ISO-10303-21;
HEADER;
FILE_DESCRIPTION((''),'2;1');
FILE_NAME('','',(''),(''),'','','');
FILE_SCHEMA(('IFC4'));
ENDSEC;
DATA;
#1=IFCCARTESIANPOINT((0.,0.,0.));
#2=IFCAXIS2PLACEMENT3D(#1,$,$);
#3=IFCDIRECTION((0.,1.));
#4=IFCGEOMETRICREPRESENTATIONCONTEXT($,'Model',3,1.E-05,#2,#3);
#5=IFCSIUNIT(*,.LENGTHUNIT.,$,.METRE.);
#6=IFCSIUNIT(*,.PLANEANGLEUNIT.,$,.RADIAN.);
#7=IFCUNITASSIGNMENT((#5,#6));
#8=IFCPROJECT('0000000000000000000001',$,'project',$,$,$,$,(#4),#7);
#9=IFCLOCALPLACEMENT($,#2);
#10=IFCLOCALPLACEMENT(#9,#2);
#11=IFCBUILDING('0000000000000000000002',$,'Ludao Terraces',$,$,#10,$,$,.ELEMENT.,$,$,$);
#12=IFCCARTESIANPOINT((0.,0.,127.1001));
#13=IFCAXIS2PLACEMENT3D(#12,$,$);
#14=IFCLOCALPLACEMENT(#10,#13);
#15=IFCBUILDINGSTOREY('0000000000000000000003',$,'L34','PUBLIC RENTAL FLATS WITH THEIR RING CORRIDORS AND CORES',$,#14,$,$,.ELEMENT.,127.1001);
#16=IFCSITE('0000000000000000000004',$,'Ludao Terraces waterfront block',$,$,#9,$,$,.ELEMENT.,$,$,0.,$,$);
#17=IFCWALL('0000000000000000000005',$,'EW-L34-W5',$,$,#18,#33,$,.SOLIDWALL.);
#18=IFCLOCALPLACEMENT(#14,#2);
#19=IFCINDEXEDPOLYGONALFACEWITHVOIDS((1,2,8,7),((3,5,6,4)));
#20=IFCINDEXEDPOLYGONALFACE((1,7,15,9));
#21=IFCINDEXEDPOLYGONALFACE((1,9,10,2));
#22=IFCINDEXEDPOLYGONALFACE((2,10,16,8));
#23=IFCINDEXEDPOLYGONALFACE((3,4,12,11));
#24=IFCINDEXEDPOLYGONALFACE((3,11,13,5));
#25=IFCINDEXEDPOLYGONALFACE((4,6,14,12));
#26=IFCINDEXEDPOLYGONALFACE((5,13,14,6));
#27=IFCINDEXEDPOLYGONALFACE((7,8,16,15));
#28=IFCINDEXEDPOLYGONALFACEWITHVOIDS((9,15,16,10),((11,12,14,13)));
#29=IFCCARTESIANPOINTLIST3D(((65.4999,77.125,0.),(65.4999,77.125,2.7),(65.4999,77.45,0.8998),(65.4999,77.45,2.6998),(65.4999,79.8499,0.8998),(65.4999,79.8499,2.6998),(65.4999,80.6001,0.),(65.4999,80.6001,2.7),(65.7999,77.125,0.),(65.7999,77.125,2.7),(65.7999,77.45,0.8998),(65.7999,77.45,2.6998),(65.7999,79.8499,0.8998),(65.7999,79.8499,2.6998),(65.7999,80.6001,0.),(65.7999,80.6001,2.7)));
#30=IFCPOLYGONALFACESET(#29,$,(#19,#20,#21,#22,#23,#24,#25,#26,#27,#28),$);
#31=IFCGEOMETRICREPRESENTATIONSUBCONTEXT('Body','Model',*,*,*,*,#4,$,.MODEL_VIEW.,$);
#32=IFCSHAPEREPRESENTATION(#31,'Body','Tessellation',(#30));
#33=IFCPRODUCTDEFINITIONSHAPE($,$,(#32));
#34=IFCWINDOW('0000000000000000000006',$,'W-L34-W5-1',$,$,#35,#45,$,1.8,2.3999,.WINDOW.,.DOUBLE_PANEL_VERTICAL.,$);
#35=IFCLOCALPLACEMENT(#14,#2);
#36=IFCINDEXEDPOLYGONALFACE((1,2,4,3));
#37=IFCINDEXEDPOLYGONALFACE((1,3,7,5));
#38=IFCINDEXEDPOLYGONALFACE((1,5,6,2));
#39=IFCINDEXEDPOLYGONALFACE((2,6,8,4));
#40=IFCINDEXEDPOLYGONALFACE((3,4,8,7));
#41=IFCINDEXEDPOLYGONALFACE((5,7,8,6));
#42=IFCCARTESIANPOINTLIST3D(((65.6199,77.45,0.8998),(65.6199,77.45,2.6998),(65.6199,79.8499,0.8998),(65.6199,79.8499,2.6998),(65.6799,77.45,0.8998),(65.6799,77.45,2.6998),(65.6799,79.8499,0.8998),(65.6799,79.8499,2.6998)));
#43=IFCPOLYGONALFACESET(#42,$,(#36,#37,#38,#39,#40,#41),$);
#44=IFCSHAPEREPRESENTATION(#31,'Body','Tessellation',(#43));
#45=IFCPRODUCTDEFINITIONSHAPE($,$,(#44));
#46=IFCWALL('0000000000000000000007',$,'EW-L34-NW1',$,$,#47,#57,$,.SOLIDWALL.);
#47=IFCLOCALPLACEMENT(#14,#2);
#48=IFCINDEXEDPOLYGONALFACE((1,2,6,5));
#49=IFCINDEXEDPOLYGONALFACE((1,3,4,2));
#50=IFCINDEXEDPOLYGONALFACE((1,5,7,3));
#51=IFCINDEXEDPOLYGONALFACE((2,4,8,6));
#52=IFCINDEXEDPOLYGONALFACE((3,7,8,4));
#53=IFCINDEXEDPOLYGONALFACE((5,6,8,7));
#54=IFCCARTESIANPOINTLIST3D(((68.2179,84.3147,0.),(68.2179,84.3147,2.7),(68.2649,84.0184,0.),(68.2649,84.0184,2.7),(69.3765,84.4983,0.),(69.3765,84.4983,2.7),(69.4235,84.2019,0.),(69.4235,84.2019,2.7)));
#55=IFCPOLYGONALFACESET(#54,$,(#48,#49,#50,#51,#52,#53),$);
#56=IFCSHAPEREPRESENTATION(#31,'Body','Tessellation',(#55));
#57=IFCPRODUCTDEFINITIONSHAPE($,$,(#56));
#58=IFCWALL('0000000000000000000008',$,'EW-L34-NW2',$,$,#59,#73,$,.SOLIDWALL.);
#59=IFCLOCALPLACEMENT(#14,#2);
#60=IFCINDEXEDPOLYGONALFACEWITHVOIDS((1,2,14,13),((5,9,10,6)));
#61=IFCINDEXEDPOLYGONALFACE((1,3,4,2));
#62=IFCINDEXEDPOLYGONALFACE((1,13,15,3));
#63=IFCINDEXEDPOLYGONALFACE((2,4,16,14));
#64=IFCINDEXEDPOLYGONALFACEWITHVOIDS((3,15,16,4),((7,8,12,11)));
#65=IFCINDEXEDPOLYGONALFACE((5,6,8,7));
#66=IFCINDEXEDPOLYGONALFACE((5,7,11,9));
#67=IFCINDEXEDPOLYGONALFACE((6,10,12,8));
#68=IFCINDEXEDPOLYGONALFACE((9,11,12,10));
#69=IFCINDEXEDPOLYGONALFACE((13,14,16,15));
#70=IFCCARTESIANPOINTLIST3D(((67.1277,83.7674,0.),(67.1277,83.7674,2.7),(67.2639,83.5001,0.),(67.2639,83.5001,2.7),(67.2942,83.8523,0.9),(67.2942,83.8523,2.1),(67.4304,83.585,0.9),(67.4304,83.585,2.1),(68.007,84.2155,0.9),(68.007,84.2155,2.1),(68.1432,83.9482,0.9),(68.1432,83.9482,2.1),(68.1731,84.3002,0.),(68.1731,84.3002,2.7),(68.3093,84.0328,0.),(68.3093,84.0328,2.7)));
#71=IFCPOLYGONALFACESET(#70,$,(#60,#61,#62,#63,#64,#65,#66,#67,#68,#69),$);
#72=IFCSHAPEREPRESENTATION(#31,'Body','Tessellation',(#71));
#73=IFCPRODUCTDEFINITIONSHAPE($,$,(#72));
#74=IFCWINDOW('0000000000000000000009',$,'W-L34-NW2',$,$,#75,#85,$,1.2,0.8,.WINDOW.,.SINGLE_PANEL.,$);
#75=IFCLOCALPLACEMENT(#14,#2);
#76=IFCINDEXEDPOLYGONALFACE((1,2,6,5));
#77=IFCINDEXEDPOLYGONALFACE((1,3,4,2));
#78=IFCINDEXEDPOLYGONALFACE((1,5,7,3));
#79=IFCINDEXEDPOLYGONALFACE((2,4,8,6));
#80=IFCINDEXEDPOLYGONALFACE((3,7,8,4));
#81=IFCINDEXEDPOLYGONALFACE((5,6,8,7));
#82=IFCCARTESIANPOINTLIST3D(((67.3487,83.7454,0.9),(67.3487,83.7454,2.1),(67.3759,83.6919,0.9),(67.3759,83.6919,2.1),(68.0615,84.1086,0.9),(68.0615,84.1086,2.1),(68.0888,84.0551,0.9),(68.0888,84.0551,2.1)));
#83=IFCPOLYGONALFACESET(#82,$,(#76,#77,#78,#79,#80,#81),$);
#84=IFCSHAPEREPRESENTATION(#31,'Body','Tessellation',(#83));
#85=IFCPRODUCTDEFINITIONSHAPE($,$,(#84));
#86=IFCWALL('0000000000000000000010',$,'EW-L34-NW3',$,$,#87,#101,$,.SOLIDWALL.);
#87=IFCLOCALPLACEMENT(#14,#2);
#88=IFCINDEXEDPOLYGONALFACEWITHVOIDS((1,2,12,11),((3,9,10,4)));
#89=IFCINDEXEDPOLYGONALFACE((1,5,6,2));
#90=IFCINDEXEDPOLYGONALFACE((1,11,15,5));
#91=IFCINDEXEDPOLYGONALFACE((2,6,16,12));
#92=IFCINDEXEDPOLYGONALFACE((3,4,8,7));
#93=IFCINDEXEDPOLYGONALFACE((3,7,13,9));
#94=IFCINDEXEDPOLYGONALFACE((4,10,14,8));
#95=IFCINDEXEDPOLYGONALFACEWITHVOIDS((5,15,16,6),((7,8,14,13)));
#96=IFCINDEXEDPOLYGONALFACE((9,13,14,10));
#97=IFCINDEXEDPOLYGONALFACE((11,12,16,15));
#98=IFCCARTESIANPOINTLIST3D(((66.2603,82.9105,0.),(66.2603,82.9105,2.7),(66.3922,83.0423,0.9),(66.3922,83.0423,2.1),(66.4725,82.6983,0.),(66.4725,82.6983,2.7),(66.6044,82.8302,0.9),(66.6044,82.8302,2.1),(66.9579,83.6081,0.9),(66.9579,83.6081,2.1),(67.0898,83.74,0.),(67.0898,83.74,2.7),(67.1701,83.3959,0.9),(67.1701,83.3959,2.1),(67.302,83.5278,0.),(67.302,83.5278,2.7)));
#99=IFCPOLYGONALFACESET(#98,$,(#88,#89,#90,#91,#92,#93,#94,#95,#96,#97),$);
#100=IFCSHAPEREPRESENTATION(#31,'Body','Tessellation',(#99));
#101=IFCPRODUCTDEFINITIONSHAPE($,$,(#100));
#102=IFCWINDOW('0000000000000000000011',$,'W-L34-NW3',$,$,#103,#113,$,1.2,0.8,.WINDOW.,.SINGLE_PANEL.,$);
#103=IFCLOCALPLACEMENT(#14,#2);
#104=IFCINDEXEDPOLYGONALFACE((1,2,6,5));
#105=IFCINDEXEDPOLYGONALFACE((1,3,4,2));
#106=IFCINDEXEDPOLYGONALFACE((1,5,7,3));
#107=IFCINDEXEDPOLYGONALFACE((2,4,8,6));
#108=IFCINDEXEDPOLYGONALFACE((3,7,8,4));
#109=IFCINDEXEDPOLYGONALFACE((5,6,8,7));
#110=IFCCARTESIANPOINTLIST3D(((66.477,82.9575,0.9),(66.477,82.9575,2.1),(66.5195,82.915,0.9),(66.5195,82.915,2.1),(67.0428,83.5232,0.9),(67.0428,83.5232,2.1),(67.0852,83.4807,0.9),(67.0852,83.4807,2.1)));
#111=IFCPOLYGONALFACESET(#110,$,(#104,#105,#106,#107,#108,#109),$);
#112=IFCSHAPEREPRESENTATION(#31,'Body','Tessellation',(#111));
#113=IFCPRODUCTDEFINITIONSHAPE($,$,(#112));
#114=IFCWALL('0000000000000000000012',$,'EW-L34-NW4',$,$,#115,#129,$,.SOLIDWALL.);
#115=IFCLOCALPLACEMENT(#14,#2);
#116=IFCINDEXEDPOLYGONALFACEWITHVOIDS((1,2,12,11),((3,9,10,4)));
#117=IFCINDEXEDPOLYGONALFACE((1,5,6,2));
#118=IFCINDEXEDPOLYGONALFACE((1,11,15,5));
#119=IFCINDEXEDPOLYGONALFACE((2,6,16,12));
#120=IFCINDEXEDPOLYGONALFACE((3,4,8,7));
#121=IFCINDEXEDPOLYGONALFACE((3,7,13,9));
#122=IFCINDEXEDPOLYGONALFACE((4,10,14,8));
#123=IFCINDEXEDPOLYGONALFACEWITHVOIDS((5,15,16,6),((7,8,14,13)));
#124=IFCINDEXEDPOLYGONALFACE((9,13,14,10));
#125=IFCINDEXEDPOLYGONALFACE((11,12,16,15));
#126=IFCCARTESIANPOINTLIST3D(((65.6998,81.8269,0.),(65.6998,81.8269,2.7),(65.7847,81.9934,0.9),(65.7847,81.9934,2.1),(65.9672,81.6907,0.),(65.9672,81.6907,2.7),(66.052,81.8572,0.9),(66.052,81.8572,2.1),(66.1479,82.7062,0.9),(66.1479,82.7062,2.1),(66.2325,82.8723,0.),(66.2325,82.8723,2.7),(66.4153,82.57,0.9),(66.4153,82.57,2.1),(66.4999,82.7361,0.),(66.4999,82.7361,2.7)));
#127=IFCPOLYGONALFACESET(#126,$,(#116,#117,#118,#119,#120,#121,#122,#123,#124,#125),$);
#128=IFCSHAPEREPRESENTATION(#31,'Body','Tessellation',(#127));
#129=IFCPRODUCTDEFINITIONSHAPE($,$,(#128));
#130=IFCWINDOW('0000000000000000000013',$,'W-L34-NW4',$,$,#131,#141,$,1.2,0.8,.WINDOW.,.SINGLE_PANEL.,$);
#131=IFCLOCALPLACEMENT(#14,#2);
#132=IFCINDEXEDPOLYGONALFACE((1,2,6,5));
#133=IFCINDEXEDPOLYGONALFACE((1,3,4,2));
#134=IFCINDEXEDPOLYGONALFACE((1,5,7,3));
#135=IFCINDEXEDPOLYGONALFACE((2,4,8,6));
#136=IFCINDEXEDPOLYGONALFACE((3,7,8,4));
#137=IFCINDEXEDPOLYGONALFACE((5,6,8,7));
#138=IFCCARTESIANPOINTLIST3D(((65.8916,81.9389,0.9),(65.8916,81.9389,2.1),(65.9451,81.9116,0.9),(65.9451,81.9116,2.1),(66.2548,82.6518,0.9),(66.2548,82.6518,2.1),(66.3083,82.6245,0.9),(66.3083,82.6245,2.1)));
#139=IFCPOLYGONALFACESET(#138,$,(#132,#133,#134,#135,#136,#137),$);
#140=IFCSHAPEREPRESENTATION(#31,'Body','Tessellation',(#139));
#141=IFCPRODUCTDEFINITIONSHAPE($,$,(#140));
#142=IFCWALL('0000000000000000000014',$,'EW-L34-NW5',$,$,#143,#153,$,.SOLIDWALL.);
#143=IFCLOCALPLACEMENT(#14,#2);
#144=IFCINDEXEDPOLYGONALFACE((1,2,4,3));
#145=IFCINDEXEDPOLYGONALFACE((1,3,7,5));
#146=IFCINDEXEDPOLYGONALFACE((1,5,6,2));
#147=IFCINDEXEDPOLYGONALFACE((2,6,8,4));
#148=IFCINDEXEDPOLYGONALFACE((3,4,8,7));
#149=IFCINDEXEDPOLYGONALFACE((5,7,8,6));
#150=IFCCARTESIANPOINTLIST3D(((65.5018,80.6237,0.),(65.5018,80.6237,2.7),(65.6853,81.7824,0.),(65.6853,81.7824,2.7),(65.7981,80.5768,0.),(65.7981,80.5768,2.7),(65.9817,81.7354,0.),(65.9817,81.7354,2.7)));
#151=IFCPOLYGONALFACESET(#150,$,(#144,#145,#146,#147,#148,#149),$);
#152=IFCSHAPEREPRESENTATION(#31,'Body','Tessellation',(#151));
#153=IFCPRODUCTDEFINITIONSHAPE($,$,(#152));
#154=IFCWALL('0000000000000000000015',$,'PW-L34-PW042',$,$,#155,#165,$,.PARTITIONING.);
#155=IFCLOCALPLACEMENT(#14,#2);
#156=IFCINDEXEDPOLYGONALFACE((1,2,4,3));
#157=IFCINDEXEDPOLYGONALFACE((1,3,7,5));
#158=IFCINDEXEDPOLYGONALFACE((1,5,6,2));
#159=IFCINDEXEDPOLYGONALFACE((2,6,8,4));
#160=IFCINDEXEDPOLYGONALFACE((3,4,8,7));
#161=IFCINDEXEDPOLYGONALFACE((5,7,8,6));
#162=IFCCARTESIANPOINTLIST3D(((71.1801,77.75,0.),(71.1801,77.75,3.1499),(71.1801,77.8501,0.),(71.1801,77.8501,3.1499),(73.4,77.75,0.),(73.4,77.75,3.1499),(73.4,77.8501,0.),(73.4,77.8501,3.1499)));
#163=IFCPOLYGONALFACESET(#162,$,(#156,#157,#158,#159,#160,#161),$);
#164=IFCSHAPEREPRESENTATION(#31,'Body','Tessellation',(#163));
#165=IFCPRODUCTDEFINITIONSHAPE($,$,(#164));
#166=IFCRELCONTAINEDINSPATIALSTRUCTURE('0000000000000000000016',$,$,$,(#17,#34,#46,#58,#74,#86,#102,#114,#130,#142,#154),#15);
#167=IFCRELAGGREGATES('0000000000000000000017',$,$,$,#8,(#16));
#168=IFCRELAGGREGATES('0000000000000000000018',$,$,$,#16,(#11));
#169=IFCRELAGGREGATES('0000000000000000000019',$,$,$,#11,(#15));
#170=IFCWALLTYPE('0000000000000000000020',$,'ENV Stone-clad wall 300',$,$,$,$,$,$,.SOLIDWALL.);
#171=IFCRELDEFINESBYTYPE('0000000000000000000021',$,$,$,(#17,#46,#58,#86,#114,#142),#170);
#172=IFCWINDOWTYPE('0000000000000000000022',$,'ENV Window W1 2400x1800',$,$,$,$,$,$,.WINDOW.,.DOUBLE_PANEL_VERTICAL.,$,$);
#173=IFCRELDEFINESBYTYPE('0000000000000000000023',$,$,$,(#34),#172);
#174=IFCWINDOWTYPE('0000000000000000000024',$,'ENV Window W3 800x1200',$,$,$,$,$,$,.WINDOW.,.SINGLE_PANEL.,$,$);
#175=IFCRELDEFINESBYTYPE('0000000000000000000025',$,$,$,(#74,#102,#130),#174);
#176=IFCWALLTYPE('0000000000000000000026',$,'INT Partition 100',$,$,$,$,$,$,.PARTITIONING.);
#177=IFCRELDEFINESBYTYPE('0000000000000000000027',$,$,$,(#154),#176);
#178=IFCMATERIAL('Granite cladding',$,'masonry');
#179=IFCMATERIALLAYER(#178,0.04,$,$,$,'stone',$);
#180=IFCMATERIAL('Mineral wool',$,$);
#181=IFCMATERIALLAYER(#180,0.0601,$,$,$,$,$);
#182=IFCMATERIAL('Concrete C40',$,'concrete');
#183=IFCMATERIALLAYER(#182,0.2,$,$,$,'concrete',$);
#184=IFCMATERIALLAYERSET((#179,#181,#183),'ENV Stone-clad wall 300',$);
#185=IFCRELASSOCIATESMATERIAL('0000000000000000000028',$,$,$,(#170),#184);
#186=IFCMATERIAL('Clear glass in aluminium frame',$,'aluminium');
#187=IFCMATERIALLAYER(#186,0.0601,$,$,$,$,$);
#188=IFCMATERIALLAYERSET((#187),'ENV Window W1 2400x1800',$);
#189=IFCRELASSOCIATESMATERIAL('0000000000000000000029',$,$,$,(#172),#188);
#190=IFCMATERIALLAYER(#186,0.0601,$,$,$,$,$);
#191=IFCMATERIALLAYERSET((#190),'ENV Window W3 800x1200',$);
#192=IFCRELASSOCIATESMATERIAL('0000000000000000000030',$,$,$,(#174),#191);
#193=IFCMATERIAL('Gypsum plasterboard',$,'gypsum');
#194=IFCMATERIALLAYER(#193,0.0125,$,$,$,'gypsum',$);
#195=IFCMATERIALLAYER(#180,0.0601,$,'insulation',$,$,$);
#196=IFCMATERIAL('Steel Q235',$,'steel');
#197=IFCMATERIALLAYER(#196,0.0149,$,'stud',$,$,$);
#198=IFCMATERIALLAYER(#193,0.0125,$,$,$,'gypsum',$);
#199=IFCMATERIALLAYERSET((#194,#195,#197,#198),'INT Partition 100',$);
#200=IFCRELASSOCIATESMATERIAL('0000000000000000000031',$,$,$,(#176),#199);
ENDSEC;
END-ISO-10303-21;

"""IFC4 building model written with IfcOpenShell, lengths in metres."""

from ifc_helpers import new_model, si_unit, direction, frame, frame_2d, origin, place, context, subcontext, project, spatial, rectangle, extrude, material, layer, layer_set, type_object, element, fill, save


model = new_model("IFC4")

# Units and contexts
model_context = context("Model", 3, precision=1e-05, world=origin(), true_north=direction((0.0, 1.0)))
body_context = subcontext(model_context, "Body", "Model", "MODEL_VIEW")
ifc_project = project(units=[si_unit("LENGTHUNIT", "METRE"), si_unit("PLANEANGLEUNIT", "RADIAN")], contexts=[model_context])

# Site, building, storey
site_placement = place(None, origin())
site = spatial("IfcSite", under=ifc_project, at=site_placement, Name="Ludao Terraces waterfront block", CompositionType="ELEMENT", RefElevation=0.0)
building_placement = place(site_placement, origin())
building = spatial("IfcBuilding", under=site, at=building_placement, Name="Ludao Terraces", CompositionType="ELEMENT")
storey_placement = place(building_placement, frame((0.0, 0.0, 127.1001)))
storey = spatial("IfcBuildingStorey", under=building, at=storey_placement, Name="L34", Description="PUBLIC RENTAL FLATS WITH THEIR RING CORRIDORS AND CORES", CompositionType="ELEMENT", Elevation=127.1001)

# Shared definitions
ifc_material_1 = material(Name="Concrete C40", Category="concrete")

# Shared definitions
ifc_material_2 = material(Name="Steel Q235", Category="steel")

# Shared definitions
ifc_material_3 = material(Name="Granite cladding", Category="masonry")
ifc_layer_1 = layer(ifc_material_3, 0.04, Category="stone")
ifc_material_4 = material(Name="Mineral wool")
ifc_layer_2 = layer(ifc_material_4, 0.0601)
ifc_layer_3 = layer(ifc_material_1, 0.2, Category="concrete")
ifc_layer_set_1 = layer_set([ifc_layer_1, ifc_layer_2, ifc_layer_3], Name="ENV Stone-clad wall 300")
wall_type_1 = type_object("IfcWallType", Name="ENV Stone-clad wall 300", PredefinedType="SOLIDWALL", material=ifc_layer_set_1)
ifc_material_5 = material(Name="Clear glass in aluminium frame", Category="aluminium")
ifc_layer_4 = layer(ifc_material_5, 0.0601)
ifc_layer_set_2 = layer_set([ifc_layer_4], Name="ENV Window W1 2400x1800")
window_type_1 = type_object("IfcWindowType", Name="ENV Window W1 2400x1800", PartitioningType="DOUBLE_PANEL_VERTICAL", PredefinedType="WINDOW", material=ifc_layer_set_2)

# Wall, opening, window
wall_1_placement = place(storey_placement, frame((65.6499, 77.125, 0.0), z_axis=(0.0, 0.0, 1.0), x_axis=(0.0, 1.0, 0.0)))
wall_1 = element("IfcWall", 1, at=wall_1_placement, inside=storey, type_object=wall_type_1, Name="EW-L34-W5", PredefinedType="SOLIDWALL", context=body_context, shape_type="SweptSolid", body=[
    extrude(rectangle(XDim=3.4751, YDim=0.3, at=frame_2d((1.7375, 0.0))), origin(), (0.0, 0.0, 1.0), 2.7),
])
opening_1_placement = place(wall_1_placement, frame((0.325, 0.0, 0.8999)))
opening_1 = element("IfcOpeningElement", 2, at=opening_1_placement, cuts=wall_1, PredefinedType="OPENING", context=body_context, shape_type="SweptSolid", body=[
    extrude(rectangle(XDim=2.3999, YDim=1.8, at=frame_2d((1.2, 0.8999))), frame((0.0, 0.1602, 0.0), z_axis=(0.0, -1.0, 0.0), x_axis=(1.0, 0.0, 0.0)), (0.0, 0.0, 1.0), 0.3201),
])
window_1_placement = place(opening_1_placement, origin())
window_1 = element("IfcWindow", 3, at=window_1_placement, inside=storey, type_object=window_type_1, Name="W-L34-W5-1", OverallHeight=1.8, OverallWidth=2.3999, PartitioningType="DOUBLE_PANEL_VERTICAL", PredefinedType="WINDOW", context=body_context, shape_type="SweptSolid", body=[
    extrude(rectangle(XDim=2.3999, YDim=1.8, at=frame_2d((1.2, 0.8999))), frame((0.0, 0.03, 0.0), z_axis=(0.0, -1.0, 0.0), x_axis=(1.0, 0.0, 0.0)), (0.0, 0.0, 1.0), 0.0601),
])
fill(opening_1, window_1)

# Wall
wall_2_placement = place(storey_placement, frame((69.3999, 84.3501, 0.0), z_axis=(0.0, 0.0, 1.0), x_axis=(-0.987678, -0.156497, 0.0)))
element("IfcWall", 4, at=wall_2_placement, inside=storey, type_object=wall_type_1, Name="EW-L34-NW1", PredefinedType="SOLIDWALL", context=body_context, shape_type="SweptSolid", body=[
    extrude(rectangle(XDim=1.1731, YDim=0.3, at=frame_2d((0.5864, 0.0))), origin(), (0.0, 0.0, 1.0), 2.7),
])

# Walls, openings, windows
wall_3_placement = place(storey_placement, frame((68.2412, 84.1665, 0.0), z_axis=(0.0, 0.0, 1.0), x_axis=(-0.890989, -0.454026, 0.0)))
wall_3 = element("IfcWall", 5, at=wall_3_placement, inside=storey, type_object=wall_type_1, Name="EW-L34-NW2", PredefinedType="SOLIDWALL", context=body_context, shape_type="SweptSolid", body=[
    extrude(rectangle(XDim=1.1733, YDim=0.3, at=frame_2d((0.5867, 0.0))), origin(), (0.0, 0.0, 1.0), 2.7),
])
opening_2_placement = place(wall_3_placement, frame((0.1865, 0.0, 0.8999)))
opening_2 = element("IfcOpeningElement", 6, at=opening_2_placement, cuts=wall_3, PredefinedType="OPENING", context=body_context, shape_type="SweptSolid", body=[
    extrude(rectangle(XDim=0.8, YDim=1.2, at=frame_2d((0.3999, 0.6001))), frame((0.0, 0.1602, 0.0), z_axis=(0.0, -1.0, 0.0), x_axis=(1.0, 0.0, 0.0)), (0.0, 0.0, 1.0), 0.3201),
])
ifc_layer_5 = layer(ifc_material_5, 0.0601)
ifc_layer_set_3 = layer_set([ifc_layer_5], Name="ENV Window W3 800x1200")
window_type_2 = type_object("IfcWindowType", Name="ENV Window W3 800x1200", PartitioningType="SINGLE_PANEL", PredefinedType="WINDOW", material=ifc_layer_set_3)
window_2_placement = place(opening_2_placement, origin())
window_2 = element("IfcWindow", 7, at=window_2_placement, inside=storey, type_object=window_type_2, Name="W-L34-NW2", OverallHeight=1.2, OverallWidth=0.8, PartitioningType="SINGLE_PANEL", PredefinedType="WINDOW", context=body_context, shape_type="SweptSolid", body=[
    extrude(rectangle(XDim=0.8, YDim=1.2, at=frame_2d((0.3999, 0.6001))), frame((0.0, 0.03, 0.0), z_axis=(0.0, -1.0, 0.0), x_axis=(1.0, 0.0, 0.0)), (0.0, 0.0, 1.0), 0.0601),
])
fill(opening_2, window_2)
wall_4_placement = place(storey_placement, frame((67.1958, 83.6338, 0.0), z_axis=(0.0, 0.0, 1.0), x_axis=(-0.707107, -0.707107, 0.0)))
wall_4 = element("IfcWall", 8, at=wall_4_placement, inside=storey, type_object=wall_type_1, Name="EW-L34-NW3", PredefinedType="SOLIDWALL", context=body_context, shape_type="SweptSolid", body=[
    extrude(rectangle(XDim=1.1731, YDim=0.3, at=frame_2d((0.5864, 0.0))), origin(), (0.0, 0.0, 1.0), 2.7),
])
opening_3_placement = place(wall_4_placement, frame((0.1865, 0.0, 0.8999)))
opening_3 = element("IfcOpeningElement", 9, at=opening_3_placement, cuts=wall_4, PredefinedType="OPENING", context=body_context, shape_type="SweptSolid", body=[
    extrude(rectangle(XDim=0.8, YDim=1.2, at=frame_2d((0.3999, 0.6001))), frame((0.0, 0.1602, 0.0), z_axis=(0.0, -1.0, 0.0), x_axis=(1.0, 0.0, 0.0)), (0.0, 0.0, 1.0), 0.3201),
])
window_3_placement = place(opening_3_placement, origin())
window_3 = element("IfcWindow", 10, at=window_3_placement, inside=storey, type_object=window_type_2, Name="W-L34-NW3", OverallHeight=1.2, OverallWidth=0.8, PartitioningType="SINGLE_PANEL", PredefinedType="WINDOW", context=body_context, shape_type="SweptSolid", body=[
    extrude(rectangle(XDim=0.8, YDim=1.2, at=frame_2d((0.3999, 0.6001))), frame((0.0, 0.03, 0.0), z_axis=(0.0, -1.0, 0.0), x_axis=(1.0, 0.0, 0.0)), (0.0, 0.0, 1.0), 0.0601),
])
fill(opening_3, window_3)
wall_5_placement = place(storey_placement, frame((66.3662, 82.8042, 0.0), z_axis=(0.0, 0.0, 1.0), x_axis=(-0.454026, -0.890989, 0.0)))
wall_5 = element("IfcWall", 11, at=wall_5_placement, inside=storey, type_object=wall_type_1, Name="EW-L34-NW4", PredefinedType="SOLIDWALL", context=body_context, shape_type="SweptSolid", body=[
    extrude(rectangle(XDim=1.1733, YDim=0.3, at=frame_2d((0.5867, 0.0))), origin(), (0.0, 0.0, 1.0), 2.7),
])
opening_4_placement = place(wall_5_placement, frame((0.1865, 0.0, 0.8999)))
opening_4 = element("IfcOpeningElement", 12, at=opening_4_placement, cuts=wall_5, PredefinedType="OPENING", context=body_context, shape_type="SweptSolid", body=[
    extrude(rectangle(XDim=0.8, YDim=1.2, at=frame_2d((0.3999, 0.6001))), frame((0.0, 0.1602, 0.0), z_axis=(0.0, -1.0, 0.0), x_axis=(1.0, 0.0, 0.0)), (0.0, 0.0, 1.0), 0.3201),
])
window_4_placement = place(opening_4_placement, origin())
window_4 = element("IfcWindow", 13, at=window_4_placement, inside=storey, type_object=window_type_2, Name="W-L34-NW4", OverallHeight=1.2, OverallWidth=0.8, PartitioningType="SINGLE_PANEL", PredefinedType="WINDOW", context=body_context, shape_type="SweptSolid", body=[
    extrude(rectangle(XDim=0.8, YDim=1.2, at=frame_2d((0.3999, 0.6001))), frame((0.0, 0.03, 0.0), z_axis=(0.0, -1.0, 0.0), x_axis=(1.0, 0.0, 0.0)), (0.0, 0.0, 1.0), 0.0601),
])
fill(opening_4, window_4)

# Walls
wall_6_placement = place(storey_placement, frame((65.8335, 81.7588, 0.0), z_axis=(0.0, 0.0, 1.0), x_axis=(-0.156497, -0.987678, 0.0)))
element("IfcWall", 14, at=wall_6_placement, inside=storey, type_object=wall_type_1, Name="EW-L34-NW5", PredefinedType="SOLIDWALL", context=body_context, shape_type="SweptSolid", body=[
    extrude(rectangle(XDim=1.1731, YDim=0.3, at=frame_2d((0.5864, 0.0))), origin(), (0.0, 0.0, 1.0), 2.7),
])
ifc_material_6 = material(Name="Gypsum plasterboard", Category="gypsum")
ifc_layer_6 = layer(ifc_material_6, 0.0125, Category="gypsum")
ifc_layer_7 = layer(ifc_material_4, 0.0601, Name="insulation")
ifc_layer_8 = layer(ifc_material_2, 0.0149, Name="stud")
ifc_layer_9 = layer(ifc_material_6, 0.0125, Category="gypsum")
ifc_layer_set_4 = layer_set([ifc_layer_6, ifc_layer_7, ifc_layer_8, ifc_layer_9], Name="INT Partition 100")
wall_type_2 = type_object("IfcWallType", Name="INT Partition 100", PredefinedType="PARTITIONING", material=ifc_layer_set_4)
wall_7_placement = place(storey_placement, frame((71.1802, 77.8, 0.0), z_axis=(0.0, 0.0, 1.0), x_axis=(1.0, 0.0, 0.0)))
element("IfcWall", 15, at=wall_7_placement, inside=storey, type_object=wall_type_2, Name="PW-L34-PW042", PredefinedType="PARTITIONING", context=body_context, shape_type="SweptSolid", body=[
    extrude(rectangle(XDim=2.22, YDim=0.1001, at=frame_2d((1.1099, 0.0))), origin(), (0.0, 0.0, 1.0), 3.1499),
])

save(model, "model.ifc")
